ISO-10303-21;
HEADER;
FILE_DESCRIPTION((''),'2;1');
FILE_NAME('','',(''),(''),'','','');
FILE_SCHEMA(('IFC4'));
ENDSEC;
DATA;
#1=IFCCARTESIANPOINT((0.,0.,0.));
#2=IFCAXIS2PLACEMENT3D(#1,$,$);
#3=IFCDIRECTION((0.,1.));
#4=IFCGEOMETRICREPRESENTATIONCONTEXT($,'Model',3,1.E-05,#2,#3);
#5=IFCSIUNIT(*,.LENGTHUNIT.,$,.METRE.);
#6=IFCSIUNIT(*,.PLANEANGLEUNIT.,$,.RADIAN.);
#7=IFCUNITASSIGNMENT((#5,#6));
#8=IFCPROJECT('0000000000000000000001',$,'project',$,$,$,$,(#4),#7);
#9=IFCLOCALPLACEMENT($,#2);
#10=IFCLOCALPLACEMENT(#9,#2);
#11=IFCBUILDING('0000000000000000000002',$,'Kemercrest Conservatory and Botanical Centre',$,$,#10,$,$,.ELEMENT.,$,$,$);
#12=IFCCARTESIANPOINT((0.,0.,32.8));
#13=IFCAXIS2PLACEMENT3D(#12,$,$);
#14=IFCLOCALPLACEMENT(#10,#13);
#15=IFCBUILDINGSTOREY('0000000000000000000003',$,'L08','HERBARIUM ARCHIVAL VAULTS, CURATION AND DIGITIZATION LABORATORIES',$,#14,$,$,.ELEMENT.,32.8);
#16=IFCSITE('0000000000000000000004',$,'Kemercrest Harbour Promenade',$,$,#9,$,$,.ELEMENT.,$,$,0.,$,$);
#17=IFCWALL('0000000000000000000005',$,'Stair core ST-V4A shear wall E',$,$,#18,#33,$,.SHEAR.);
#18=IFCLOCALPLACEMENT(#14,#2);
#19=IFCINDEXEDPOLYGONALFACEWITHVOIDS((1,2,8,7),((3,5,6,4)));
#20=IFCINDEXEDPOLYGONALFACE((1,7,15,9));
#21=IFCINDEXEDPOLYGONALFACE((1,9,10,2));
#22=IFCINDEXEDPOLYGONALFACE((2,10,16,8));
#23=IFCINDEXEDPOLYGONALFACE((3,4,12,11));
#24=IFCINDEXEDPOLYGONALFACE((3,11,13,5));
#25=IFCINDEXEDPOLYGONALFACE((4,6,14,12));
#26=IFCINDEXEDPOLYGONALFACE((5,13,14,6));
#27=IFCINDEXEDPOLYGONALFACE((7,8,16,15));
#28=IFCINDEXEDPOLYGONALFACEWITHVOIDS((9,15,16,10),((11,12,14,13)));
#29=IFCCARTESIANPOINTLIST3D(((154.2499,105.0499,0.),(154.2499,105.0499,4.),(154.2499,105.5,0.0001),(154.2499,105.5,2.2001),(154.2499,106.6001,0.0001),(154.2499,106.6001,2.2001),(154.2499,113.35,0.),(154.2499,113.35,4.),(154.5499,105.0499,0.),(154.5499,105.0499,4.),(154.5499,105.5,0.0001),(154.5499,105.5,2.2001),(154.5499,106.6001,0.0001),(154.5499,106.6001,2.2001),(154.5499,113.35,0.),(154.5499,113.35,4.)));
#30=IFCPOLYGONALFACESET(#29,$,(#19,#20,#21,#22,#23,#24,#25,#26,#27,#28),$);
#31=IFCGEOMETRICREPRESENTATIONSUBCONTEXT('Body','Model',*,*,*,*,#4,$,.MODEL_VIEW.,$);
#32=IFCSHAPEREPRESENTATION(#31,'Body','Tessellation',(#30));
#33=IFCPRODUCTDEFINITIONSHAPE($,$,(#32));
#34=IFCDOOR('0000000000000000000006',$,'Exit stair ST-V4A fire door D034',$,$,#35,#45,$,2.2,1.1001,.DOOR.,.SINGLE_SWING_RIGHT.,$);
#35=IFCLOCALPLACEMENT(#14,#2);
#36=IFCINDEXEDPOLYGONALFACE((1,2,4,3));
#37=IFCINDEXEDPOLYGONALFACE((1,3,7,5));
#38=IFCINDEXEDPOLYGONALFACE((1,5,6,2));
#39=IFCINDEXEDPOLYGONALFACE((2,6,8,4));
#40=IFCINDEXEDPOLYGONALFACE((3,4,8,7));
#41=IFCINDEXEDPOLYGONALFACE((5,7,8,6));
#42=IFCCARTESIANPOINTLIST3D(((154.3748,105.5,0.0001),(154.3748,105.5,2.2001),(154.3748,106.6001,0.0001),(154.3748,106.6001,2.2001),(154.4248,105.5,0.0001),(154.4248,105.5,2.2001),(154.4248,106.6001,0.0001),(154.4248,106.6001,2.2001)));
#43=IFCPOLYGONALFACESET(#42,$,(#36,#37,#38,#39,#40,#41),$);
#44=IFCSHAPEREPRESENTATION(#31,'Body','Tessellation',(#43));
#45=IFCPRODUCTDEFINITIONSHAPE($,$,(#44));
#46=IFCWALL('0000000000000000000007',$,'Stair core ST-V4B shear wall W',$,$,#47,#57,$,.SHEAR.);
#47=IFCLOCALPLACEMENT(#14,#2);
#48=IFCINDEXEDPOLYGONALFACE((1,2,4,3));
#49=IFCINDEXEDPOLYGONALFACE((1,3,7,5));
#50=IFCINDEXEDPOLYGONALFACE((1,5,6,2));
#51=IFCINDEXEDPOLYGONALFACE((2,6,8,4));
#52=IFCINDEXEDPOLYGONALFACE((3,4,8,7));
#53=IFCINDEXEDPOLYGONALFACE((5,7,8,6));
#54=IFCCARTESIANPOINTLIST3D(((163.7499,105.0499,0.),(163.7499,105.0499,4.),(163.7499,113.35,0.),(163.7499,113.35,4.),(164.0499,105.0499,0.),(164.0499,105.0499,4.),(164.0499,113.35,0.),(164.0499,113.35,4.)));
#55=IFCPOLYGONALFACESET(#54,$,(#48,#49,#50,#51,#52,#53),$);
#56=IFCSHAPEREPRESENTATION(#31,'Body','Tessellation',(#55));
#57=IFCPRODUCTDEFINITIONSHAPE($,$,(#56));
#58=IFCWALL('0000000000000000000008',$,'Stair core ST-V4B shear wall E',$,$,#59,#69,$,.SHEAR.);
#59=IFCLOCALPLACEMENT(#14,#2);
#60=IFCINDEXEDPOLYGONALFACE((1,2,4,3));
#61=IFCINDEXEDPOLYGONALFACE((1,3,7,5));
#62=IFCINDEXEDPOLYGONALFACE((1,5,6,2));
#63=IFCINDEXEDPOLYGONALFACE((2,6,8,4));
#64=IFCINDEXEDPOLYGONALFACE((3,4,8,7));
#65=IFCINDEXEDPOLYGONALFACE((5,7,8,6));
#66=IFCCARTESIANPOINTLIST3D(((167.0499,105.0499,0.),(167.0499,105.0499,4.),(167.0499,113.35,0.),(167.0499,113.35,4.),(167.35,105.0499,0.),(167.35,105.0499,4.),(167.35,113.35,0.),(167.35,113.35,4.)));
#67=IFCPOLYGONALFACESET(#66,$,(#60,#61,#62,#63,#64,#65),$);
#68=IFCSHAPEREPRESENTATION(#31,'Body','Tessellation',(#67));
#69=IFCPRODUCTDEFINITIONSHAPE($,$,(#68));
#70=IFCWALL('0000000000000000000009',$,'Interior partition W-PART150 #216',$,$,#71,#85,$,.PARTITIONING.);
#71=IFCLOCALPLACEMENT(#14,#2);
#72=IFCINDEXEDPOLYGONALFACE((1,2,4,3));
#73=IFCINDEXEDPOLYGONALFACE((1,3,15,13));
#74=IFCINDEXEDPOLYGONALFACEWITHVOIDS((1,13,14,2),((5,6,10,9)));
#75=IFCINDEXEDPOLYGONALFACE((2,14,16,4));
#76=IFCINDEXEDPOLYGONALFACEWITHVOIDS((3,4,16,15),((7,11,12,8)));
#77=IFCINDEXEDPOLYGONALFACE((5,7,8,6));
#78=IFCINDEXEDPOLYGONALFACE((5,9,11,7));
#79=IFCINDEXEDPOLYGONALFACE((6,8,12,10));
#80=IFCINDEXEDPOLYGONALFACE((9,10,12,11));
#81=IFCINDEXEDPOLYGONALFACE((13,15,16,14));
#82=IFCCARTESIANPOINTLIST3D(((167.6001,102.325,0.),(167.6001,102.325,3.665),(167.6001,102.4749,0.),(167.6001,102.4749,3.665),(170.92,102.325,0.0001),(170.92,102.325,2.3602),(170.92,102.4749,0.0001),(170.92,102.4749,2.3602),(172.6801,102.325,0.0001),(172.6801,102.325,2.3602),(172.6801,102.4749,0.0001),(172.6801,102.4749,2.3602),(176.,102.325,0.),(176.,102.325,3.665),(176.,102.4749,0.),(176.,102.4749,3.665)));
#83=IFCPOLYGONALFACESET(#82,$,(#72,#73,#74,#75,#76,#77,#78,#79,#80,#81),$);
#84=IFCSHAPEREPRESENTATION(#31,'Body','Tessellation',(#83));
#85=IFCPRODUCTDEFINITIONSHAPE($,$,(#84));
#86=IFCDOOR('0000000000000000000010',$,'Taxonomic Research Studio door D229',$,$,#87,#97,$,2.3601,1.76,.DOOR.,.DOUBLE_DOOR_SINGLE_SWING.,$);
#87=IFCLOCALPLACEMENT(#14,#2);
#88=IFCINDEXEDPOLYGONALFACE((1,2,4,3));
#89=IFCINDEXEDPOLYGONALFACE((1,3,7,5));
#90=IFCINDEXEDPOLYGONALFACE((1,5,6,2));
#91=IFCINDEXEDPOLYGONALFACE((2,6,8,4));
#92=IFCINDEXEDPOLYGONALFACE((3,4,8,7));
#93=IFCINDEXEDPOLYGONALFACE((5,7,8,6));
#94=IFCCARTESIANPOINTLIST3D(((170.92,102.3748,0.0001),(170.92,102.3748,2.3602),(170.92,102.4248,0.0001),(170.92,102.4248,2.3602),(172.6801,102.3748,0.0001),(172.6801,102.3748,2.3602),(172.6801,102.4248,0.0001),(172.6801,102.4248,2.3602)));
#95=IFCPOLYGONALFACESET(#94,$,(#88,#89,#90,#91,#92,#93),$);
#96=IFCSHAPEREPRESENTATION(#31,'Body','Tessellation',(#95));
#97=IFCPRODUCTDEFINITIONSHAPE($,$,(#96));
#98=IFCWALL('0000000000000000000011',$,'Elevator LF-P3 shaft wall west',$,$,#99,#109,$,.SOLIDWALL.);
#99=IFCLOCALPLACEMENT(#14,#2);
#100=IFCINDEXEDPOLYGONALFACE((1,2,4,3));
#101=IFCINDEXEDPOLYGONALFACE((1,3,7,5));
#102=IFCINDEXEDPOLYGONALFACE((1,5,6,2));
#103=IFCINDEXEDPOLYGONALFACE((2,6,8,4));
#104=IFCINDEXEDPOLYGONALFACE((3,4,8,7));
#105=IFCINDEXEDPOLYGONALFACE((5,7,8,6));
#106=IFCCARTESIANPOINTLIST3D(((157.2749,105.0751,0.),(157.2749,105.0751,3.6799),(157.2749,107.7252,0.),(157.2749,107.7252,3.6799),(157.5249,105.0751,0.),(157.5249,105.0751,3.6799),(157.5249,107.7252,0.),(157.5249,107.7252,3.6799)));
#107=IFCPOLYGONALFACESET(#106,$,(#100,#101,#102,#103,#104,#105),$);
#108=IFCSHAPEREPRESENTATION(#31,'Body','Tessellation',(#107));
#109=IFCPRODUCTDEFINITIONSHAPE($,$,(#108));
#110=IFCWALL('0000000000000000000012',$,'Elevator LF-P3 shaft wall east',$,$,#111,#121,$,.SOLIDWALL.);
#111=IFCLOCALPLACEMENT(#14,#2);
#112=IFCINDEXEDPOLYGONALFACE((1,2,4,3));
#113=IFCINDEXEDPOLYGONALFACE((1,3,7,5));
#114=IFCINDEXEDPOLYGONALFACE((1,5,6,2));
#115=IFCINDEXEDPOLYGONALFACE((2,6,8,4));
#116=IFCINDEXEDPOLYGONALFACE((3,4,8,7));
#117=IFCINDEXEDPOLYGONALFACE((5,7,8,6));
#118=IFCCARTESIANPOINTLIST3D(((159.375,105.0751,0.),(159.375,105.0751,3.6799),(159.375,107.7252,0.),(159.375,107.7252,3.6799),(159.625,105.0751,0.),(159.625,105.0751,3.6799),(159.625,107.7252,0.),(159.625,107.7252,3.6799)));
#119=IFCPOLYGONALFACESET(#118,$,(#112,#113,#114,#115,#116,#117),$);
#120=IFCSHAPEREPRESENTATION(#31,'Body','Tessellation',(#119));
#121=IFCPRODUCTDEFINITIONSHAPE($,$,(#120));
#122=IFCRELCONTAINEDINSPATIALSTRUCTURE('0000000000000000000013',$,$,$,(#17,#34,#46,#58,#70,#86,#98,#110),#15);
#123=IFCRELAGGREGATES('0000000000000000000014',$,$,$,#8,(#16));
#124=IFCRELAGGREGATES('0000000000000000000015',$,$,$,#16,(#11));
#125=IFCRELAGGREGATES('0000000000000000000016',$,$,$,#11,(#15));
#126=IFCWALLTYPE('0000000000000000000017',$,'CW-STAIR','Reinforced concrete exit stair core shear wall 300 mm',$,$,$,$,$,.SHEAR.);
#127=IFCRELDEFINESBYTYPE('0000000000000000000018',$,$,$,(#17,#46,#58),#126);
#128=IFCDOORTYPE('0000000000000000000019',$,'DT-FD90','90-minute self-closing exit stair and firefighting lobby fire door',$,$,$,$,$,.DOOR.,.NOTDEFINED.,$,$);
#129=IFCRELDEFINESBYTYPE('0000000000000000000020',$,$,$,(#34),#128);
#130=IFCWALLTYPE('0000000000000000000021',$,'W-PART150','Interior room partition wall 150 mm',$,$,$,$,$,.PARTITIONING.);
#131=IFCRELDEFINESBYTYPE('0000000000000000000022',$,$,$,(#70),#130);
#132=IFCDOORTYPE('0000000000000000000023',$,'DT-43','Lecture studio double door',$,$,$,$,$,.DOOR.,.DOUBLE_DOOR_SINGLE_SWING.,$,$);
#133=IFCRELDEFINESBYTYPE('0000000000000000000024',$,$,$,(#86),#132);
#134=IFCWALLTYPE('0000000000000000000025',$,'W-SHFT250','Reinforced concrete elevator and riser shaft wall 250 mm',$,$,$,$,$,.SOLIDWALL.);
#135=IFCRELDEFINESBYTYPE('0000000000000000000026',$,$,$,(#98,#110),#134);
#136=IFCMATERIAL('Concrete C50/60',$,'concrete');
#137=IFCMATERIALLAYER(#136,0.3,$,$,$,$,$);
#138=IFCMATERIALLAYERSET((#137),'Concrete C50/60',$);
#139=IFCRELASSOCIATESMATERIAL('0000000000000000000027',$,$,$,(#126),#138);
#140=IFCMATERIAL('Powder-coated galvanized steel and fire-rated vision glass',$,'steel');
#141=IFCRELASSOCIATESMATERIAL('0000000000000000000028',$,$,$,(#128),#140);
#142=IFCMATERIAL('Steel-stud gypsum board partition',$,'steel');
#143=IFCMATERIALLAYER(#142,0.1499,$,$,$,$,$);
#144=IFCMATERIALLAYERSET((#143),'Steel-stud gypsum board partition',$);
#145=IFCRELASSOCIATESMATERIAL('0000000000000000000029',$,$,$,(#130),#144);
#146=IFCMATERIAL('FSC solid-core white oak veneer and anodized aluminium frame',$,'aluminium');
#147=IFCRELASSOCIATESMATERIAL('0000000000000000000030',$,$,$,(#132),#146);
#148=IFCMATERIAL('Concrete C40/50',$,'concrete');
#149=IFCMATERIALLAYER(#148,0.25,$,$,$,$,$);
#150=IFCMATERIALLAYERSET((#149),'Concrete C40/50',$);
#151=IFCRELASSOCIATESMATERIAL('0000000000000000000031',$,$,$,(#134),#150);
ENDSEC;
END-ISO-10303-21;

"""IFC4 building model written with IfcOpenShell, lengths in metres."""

from ifc_helpers import new_model, si_unit, direction, frame, frame_2d, origin, place, context, subcontext, project, spatial, rectangle, extrude, material, layer, layer_set, type_object, element, fill, save


model = new_model("IFC4")

# Units and contexts
model_context = context("Model", 3, precision=1e-05, world=origin(), true_north=direction((0.0, 1.0)))
body_context = subcontext(model_context, "Body", "Model", "MODEL_VIEW")
ifc_project = project(units=[si_unit("LENGTHUNIT", "METRE"), si_unit("PLANEANGLEUNIT", "RADIAN")], contexts=[model_context])

# Site, building, storey
site_placement = place(None, origin())
site = spatial("IfcSite", under=ifc_project, at=site_placement, Name="Kemercrest Harbour Promenade", CompositionType="ELEMENT", RefElevation=0.0)
building_placement = place(site_placement, origin())
building = spatial("IfcBuilding", under=site, at=building_placement, Name="Kemercrest Conservatory and Botanical Centre", CompositionType="ELEMENT")
storey_placement = place(building_placement, frame((0.0, 0.0, 32.8)))
storey = spatial("IfcBuildingStorey", under=building, at=storey_placement, Name="L08", Description="HERBARIUM ARCHIVAL VAULTS, CURATION AND DIGITIZATION LABORATORIES", CompositionType="ELEMENT", Elevation=32.8)

# Shared definitions
ifc_material_1 = material(Name="Concrete C50/60", Category="concrete")

# Shared definitions
ifc_material_2 = material(Name="Concrete C40/50", Category="concrete")

# Wall, opening, door
ifc_layer_1 = layer(ifc_material_1, 0.3)
ifc_layer_set_1 = layer_set([ifc_layer_1], Name="Concrete C50/60")
wall_type_1 = type_object("IfcWallType", Name="CW-STAIR", Description="Reinforced concrete exit stair core shear wall 300 mm", PredefinedType="SHEAR", material=ifc_layer_set_1)
wall_1_placement = place(storey_placement, frame((154.3999, 105.05, 0.0), z_axis=(0.0, 0.0, 1.0), x_axis=(0.0, 1.0, 0.0)))
wall_1 = element("IfcWall", 1, at=wall_1_placement, inside=storey, type_object=wall_type_1, Name="Stair core ST-V4A shear wall E", PredefinedType="SHEAR", context=body_context, shape_type="SweptSolid", body=[
    extrude(rectangle(XDim=8.3, YDim=0.3, at=frame_2d((4.1499, 0.0))), origin(), (0.0, 0.0, 1.0), 4.0),
])
opening_1_placement = place(wall_1_placement, frame((0.45, 0.0, 0.0)))
opening_1 = element("IfcOpeningElement", 2, at=opening_1_placement, cuts=wall_1, PredefinedType="OPENING", context=body_context, shape_type="SweptSolid", body=[
    extrude(rectangle(XDim=1.1001, YDim=2.2, at=frame_2d((0.55, 1.1001))), frame((0.0, 0.1602, 0.0), z_axis=(0.0, -1.0, 0.0), x_axis=(1.0, 0.0, 0.0)), (0.0, 0.0, 1.0), 0.3201),
])
ifc_material_3 = material(Name="Powder-coated galvanized steel and fire-rated vision glass", Category="steel")
door_type_1 = type_object("IfcDoorType", Name="DT-FD90", Description="90-minute self-closing exit stair and firefighting lobby fire door", OperationType="NOTDEFINED", PredefinedType="DOOR", material=ifc_material_3)
door_1_placement = place(opening_1_placement, frame((1.1001, 0.0, 0.0), z_axis=(0.0, 0.0, 1.0), x_axis=(-1.0, 0.0, 0.0)))
door_1 = element("IfcDoor", 3, at=door_1_placement, inside=storey, type_object=door_type_1, Name="Exit stair ST-V4A fire door D034", OperationType="SINGLE_SWING_RIGHT", OverallHeight=2.2, OverallWidth=1.1001, PredefinedType="DOOR", context=body_context, shape_type="SweptSolid", body=[
    extrude(rectangle(XDim=1.1001, YDim=2.2, at=frame_2d((0.55, 1.1001))), frame((0.0, 0.0249, 0.0), z_axis=(0.0, -1.0, 0.0), x_axis=(1.0, 0.0, 0.0)), (0.0, 0.0, 1.0), 0.05),
])
fill(opening_1, door_1)

# Walls
for number, where, z_axis, x_axis, name in (
    (4, (163.8999, 105.05, 0.0), (0.0, 0.0, 1.0), (0.0, 1.0, 0.0), "Stair core ST-V4B shear wall W"),
    (5, (167.2, 105.05, 0.0), (0.0, 0.0, 1.0), (0.0, 1.0, 0.0), "Stair core ST-V4B shear wall E"),
):
    element("IfcWall", number, at=place(storey_placement, frame(where, z_axis=z_axis, x_axis=x_axis)), inside=storey, type_object=wall_type_1, Name=name, PredefinedType="SHEAR", context=body_context, shape_type="SweptSolid", body=[
        extrude(rectangle(XDim=8.3, YDim=0.3, at=frame_2d((4.1499, 0.0))), origin(), (0.0, 0.0, 1.0), 4.0),
    ])

# Wall, opening, door
ifc_material_4 = material(Name="Steel-stud gypsum board partition", Category="steel")
ifc_layer_2 = layer(ifc_material_4, 0.1499)
ifc_layer_set_2 = layer_set([ifc_layer_2], Name="Steel-stud gypsum board partition")
wall_type_2 = type_object("IfcWallType", Name="W-PART150", Description="Interior room partition wall 150 mm", PredefinedType="PARTITIONING", material=ifc_layer_set_2)
wall_2_placement = place(storey_placement, frame((167.6001, 102.3999, 0.0), z_axis=(0.0, 0.0, 1.0), x_axis=(1.0, 0.0, 0.0)))
wall_2 = element("IfcWall", 6, at=wall_2_placement, inside=storey, type_object=wall_type_2, Name="Interior partition W-PART150 #216", PredefinedType="PARTITIONING", context=body_context, shape_type="SweptSolid", body=[
    extrude(rectangle(XDim=8.3999, YDim=0.1499, at=frame_2d((4.2, 0.0))), origin(), (0.0, 0.0, 1.0), 3.665),
])
opening_2_placement = place(wall_2_placement, frame((3.3201, 0.0, 0.0)))
opening_2 = element("IfcOpeningElement", 7, at=opening_2_placement, cuts=wall_2, PredefinedType="OPENING", context=body_context, shape_type="SweptSolid", body=[
    extrude(rectangle(XDim=1.76, YDim=2.3601, at=frame_2d((0.8799, 1.1802))), frame((0.0, 0.085, 0.0), z_axis=(0.0, -1.0, 0.0), x_axis=(1.0, 0.0, 0.0)), (0.0, 0.0, 1.0), 0.1699),
])
ifc_material_5 = material(Name="FSC solid-core white oak veneer and anodized aluminium frame", Category="aluminium")
door_type_2 = type_object("IfcDoorType", Name="DT-43", Description="Lecture studio double door", OperationType="DOUBLE_DOOR_SINGLE_SWING", PredefinedType="DOOR", material=ifc_material_5)
door_2_placement = place(opening_2_placement, origin())
door_2 = element("IfcDoor", 8, at=door_2_placement, inside=storey, type_object=door_type_2, Name="Taxonomic Research Studio door D229", OperationType="DOUBLE_DOOR_SINGLE_SWING", OverallHeight=2.3601, OverallWidth=1.76, PredefinedType="DOOR", context=body_context, shape_type="SweptSolid", body=[
    extrude(rectangle(XDim=1.76, YDim=2.3601, at=frame_2d((0.8799, 1.1802))), frame((0.0, 0.0249, 0.0), z_axis=(0.0, -1.0, 0.0), x_axis=(1.0, 0.0, 0.0)), (0.0, 0.0, 1.0), 0.05),
])
fill(opening_2, door_2)

# Walls
ifc_layer_3 = layer(ifc_material_2, 0.25)
ifc_layer_set_3 = layer_set([ifc_layer_3], Name="Concrete C40/50")
wall_type_3 = type_object("IfcWallType", Name="W-SHFT250", Description="Reinforced concrete elevator and riser shaft wall 250 mm", PredefinedType="SOLIDWALL", material=ifc_layer_set_3)
for number, where, z_axis, x_axis, name in (
    (9, (157.3999, 105.075, 0.0), (0.0, 0.0, 1.0), (0.0, 1.0, 0.0), "Elevator LF-P3 shaft wall west"),
    (10, (159.5, 105.075, 0.0), (0.0, 0.0, 1.0), (0.0, 1.0, 0.0), "Elevator LF-P3 shaft wall east"),
):
    element("IfcWall", number, at=place(storey_placement, frame(where, z_axis=z_axis, x_axis=x_axis)), inside=storey, type_object=wall_type_3, Name=name, PredefinedType="SOLIDWALL", context=body_context, shape_type="SweptSolid", body=[
        extrude(rectangle(XDim=2.6501, YDim=0.25, at=frame_2d((1.3252, 0.0))), origin(), (0.0, 0.0, 1.0), 3.6799),
    ])

save(model, "model.ifc")
